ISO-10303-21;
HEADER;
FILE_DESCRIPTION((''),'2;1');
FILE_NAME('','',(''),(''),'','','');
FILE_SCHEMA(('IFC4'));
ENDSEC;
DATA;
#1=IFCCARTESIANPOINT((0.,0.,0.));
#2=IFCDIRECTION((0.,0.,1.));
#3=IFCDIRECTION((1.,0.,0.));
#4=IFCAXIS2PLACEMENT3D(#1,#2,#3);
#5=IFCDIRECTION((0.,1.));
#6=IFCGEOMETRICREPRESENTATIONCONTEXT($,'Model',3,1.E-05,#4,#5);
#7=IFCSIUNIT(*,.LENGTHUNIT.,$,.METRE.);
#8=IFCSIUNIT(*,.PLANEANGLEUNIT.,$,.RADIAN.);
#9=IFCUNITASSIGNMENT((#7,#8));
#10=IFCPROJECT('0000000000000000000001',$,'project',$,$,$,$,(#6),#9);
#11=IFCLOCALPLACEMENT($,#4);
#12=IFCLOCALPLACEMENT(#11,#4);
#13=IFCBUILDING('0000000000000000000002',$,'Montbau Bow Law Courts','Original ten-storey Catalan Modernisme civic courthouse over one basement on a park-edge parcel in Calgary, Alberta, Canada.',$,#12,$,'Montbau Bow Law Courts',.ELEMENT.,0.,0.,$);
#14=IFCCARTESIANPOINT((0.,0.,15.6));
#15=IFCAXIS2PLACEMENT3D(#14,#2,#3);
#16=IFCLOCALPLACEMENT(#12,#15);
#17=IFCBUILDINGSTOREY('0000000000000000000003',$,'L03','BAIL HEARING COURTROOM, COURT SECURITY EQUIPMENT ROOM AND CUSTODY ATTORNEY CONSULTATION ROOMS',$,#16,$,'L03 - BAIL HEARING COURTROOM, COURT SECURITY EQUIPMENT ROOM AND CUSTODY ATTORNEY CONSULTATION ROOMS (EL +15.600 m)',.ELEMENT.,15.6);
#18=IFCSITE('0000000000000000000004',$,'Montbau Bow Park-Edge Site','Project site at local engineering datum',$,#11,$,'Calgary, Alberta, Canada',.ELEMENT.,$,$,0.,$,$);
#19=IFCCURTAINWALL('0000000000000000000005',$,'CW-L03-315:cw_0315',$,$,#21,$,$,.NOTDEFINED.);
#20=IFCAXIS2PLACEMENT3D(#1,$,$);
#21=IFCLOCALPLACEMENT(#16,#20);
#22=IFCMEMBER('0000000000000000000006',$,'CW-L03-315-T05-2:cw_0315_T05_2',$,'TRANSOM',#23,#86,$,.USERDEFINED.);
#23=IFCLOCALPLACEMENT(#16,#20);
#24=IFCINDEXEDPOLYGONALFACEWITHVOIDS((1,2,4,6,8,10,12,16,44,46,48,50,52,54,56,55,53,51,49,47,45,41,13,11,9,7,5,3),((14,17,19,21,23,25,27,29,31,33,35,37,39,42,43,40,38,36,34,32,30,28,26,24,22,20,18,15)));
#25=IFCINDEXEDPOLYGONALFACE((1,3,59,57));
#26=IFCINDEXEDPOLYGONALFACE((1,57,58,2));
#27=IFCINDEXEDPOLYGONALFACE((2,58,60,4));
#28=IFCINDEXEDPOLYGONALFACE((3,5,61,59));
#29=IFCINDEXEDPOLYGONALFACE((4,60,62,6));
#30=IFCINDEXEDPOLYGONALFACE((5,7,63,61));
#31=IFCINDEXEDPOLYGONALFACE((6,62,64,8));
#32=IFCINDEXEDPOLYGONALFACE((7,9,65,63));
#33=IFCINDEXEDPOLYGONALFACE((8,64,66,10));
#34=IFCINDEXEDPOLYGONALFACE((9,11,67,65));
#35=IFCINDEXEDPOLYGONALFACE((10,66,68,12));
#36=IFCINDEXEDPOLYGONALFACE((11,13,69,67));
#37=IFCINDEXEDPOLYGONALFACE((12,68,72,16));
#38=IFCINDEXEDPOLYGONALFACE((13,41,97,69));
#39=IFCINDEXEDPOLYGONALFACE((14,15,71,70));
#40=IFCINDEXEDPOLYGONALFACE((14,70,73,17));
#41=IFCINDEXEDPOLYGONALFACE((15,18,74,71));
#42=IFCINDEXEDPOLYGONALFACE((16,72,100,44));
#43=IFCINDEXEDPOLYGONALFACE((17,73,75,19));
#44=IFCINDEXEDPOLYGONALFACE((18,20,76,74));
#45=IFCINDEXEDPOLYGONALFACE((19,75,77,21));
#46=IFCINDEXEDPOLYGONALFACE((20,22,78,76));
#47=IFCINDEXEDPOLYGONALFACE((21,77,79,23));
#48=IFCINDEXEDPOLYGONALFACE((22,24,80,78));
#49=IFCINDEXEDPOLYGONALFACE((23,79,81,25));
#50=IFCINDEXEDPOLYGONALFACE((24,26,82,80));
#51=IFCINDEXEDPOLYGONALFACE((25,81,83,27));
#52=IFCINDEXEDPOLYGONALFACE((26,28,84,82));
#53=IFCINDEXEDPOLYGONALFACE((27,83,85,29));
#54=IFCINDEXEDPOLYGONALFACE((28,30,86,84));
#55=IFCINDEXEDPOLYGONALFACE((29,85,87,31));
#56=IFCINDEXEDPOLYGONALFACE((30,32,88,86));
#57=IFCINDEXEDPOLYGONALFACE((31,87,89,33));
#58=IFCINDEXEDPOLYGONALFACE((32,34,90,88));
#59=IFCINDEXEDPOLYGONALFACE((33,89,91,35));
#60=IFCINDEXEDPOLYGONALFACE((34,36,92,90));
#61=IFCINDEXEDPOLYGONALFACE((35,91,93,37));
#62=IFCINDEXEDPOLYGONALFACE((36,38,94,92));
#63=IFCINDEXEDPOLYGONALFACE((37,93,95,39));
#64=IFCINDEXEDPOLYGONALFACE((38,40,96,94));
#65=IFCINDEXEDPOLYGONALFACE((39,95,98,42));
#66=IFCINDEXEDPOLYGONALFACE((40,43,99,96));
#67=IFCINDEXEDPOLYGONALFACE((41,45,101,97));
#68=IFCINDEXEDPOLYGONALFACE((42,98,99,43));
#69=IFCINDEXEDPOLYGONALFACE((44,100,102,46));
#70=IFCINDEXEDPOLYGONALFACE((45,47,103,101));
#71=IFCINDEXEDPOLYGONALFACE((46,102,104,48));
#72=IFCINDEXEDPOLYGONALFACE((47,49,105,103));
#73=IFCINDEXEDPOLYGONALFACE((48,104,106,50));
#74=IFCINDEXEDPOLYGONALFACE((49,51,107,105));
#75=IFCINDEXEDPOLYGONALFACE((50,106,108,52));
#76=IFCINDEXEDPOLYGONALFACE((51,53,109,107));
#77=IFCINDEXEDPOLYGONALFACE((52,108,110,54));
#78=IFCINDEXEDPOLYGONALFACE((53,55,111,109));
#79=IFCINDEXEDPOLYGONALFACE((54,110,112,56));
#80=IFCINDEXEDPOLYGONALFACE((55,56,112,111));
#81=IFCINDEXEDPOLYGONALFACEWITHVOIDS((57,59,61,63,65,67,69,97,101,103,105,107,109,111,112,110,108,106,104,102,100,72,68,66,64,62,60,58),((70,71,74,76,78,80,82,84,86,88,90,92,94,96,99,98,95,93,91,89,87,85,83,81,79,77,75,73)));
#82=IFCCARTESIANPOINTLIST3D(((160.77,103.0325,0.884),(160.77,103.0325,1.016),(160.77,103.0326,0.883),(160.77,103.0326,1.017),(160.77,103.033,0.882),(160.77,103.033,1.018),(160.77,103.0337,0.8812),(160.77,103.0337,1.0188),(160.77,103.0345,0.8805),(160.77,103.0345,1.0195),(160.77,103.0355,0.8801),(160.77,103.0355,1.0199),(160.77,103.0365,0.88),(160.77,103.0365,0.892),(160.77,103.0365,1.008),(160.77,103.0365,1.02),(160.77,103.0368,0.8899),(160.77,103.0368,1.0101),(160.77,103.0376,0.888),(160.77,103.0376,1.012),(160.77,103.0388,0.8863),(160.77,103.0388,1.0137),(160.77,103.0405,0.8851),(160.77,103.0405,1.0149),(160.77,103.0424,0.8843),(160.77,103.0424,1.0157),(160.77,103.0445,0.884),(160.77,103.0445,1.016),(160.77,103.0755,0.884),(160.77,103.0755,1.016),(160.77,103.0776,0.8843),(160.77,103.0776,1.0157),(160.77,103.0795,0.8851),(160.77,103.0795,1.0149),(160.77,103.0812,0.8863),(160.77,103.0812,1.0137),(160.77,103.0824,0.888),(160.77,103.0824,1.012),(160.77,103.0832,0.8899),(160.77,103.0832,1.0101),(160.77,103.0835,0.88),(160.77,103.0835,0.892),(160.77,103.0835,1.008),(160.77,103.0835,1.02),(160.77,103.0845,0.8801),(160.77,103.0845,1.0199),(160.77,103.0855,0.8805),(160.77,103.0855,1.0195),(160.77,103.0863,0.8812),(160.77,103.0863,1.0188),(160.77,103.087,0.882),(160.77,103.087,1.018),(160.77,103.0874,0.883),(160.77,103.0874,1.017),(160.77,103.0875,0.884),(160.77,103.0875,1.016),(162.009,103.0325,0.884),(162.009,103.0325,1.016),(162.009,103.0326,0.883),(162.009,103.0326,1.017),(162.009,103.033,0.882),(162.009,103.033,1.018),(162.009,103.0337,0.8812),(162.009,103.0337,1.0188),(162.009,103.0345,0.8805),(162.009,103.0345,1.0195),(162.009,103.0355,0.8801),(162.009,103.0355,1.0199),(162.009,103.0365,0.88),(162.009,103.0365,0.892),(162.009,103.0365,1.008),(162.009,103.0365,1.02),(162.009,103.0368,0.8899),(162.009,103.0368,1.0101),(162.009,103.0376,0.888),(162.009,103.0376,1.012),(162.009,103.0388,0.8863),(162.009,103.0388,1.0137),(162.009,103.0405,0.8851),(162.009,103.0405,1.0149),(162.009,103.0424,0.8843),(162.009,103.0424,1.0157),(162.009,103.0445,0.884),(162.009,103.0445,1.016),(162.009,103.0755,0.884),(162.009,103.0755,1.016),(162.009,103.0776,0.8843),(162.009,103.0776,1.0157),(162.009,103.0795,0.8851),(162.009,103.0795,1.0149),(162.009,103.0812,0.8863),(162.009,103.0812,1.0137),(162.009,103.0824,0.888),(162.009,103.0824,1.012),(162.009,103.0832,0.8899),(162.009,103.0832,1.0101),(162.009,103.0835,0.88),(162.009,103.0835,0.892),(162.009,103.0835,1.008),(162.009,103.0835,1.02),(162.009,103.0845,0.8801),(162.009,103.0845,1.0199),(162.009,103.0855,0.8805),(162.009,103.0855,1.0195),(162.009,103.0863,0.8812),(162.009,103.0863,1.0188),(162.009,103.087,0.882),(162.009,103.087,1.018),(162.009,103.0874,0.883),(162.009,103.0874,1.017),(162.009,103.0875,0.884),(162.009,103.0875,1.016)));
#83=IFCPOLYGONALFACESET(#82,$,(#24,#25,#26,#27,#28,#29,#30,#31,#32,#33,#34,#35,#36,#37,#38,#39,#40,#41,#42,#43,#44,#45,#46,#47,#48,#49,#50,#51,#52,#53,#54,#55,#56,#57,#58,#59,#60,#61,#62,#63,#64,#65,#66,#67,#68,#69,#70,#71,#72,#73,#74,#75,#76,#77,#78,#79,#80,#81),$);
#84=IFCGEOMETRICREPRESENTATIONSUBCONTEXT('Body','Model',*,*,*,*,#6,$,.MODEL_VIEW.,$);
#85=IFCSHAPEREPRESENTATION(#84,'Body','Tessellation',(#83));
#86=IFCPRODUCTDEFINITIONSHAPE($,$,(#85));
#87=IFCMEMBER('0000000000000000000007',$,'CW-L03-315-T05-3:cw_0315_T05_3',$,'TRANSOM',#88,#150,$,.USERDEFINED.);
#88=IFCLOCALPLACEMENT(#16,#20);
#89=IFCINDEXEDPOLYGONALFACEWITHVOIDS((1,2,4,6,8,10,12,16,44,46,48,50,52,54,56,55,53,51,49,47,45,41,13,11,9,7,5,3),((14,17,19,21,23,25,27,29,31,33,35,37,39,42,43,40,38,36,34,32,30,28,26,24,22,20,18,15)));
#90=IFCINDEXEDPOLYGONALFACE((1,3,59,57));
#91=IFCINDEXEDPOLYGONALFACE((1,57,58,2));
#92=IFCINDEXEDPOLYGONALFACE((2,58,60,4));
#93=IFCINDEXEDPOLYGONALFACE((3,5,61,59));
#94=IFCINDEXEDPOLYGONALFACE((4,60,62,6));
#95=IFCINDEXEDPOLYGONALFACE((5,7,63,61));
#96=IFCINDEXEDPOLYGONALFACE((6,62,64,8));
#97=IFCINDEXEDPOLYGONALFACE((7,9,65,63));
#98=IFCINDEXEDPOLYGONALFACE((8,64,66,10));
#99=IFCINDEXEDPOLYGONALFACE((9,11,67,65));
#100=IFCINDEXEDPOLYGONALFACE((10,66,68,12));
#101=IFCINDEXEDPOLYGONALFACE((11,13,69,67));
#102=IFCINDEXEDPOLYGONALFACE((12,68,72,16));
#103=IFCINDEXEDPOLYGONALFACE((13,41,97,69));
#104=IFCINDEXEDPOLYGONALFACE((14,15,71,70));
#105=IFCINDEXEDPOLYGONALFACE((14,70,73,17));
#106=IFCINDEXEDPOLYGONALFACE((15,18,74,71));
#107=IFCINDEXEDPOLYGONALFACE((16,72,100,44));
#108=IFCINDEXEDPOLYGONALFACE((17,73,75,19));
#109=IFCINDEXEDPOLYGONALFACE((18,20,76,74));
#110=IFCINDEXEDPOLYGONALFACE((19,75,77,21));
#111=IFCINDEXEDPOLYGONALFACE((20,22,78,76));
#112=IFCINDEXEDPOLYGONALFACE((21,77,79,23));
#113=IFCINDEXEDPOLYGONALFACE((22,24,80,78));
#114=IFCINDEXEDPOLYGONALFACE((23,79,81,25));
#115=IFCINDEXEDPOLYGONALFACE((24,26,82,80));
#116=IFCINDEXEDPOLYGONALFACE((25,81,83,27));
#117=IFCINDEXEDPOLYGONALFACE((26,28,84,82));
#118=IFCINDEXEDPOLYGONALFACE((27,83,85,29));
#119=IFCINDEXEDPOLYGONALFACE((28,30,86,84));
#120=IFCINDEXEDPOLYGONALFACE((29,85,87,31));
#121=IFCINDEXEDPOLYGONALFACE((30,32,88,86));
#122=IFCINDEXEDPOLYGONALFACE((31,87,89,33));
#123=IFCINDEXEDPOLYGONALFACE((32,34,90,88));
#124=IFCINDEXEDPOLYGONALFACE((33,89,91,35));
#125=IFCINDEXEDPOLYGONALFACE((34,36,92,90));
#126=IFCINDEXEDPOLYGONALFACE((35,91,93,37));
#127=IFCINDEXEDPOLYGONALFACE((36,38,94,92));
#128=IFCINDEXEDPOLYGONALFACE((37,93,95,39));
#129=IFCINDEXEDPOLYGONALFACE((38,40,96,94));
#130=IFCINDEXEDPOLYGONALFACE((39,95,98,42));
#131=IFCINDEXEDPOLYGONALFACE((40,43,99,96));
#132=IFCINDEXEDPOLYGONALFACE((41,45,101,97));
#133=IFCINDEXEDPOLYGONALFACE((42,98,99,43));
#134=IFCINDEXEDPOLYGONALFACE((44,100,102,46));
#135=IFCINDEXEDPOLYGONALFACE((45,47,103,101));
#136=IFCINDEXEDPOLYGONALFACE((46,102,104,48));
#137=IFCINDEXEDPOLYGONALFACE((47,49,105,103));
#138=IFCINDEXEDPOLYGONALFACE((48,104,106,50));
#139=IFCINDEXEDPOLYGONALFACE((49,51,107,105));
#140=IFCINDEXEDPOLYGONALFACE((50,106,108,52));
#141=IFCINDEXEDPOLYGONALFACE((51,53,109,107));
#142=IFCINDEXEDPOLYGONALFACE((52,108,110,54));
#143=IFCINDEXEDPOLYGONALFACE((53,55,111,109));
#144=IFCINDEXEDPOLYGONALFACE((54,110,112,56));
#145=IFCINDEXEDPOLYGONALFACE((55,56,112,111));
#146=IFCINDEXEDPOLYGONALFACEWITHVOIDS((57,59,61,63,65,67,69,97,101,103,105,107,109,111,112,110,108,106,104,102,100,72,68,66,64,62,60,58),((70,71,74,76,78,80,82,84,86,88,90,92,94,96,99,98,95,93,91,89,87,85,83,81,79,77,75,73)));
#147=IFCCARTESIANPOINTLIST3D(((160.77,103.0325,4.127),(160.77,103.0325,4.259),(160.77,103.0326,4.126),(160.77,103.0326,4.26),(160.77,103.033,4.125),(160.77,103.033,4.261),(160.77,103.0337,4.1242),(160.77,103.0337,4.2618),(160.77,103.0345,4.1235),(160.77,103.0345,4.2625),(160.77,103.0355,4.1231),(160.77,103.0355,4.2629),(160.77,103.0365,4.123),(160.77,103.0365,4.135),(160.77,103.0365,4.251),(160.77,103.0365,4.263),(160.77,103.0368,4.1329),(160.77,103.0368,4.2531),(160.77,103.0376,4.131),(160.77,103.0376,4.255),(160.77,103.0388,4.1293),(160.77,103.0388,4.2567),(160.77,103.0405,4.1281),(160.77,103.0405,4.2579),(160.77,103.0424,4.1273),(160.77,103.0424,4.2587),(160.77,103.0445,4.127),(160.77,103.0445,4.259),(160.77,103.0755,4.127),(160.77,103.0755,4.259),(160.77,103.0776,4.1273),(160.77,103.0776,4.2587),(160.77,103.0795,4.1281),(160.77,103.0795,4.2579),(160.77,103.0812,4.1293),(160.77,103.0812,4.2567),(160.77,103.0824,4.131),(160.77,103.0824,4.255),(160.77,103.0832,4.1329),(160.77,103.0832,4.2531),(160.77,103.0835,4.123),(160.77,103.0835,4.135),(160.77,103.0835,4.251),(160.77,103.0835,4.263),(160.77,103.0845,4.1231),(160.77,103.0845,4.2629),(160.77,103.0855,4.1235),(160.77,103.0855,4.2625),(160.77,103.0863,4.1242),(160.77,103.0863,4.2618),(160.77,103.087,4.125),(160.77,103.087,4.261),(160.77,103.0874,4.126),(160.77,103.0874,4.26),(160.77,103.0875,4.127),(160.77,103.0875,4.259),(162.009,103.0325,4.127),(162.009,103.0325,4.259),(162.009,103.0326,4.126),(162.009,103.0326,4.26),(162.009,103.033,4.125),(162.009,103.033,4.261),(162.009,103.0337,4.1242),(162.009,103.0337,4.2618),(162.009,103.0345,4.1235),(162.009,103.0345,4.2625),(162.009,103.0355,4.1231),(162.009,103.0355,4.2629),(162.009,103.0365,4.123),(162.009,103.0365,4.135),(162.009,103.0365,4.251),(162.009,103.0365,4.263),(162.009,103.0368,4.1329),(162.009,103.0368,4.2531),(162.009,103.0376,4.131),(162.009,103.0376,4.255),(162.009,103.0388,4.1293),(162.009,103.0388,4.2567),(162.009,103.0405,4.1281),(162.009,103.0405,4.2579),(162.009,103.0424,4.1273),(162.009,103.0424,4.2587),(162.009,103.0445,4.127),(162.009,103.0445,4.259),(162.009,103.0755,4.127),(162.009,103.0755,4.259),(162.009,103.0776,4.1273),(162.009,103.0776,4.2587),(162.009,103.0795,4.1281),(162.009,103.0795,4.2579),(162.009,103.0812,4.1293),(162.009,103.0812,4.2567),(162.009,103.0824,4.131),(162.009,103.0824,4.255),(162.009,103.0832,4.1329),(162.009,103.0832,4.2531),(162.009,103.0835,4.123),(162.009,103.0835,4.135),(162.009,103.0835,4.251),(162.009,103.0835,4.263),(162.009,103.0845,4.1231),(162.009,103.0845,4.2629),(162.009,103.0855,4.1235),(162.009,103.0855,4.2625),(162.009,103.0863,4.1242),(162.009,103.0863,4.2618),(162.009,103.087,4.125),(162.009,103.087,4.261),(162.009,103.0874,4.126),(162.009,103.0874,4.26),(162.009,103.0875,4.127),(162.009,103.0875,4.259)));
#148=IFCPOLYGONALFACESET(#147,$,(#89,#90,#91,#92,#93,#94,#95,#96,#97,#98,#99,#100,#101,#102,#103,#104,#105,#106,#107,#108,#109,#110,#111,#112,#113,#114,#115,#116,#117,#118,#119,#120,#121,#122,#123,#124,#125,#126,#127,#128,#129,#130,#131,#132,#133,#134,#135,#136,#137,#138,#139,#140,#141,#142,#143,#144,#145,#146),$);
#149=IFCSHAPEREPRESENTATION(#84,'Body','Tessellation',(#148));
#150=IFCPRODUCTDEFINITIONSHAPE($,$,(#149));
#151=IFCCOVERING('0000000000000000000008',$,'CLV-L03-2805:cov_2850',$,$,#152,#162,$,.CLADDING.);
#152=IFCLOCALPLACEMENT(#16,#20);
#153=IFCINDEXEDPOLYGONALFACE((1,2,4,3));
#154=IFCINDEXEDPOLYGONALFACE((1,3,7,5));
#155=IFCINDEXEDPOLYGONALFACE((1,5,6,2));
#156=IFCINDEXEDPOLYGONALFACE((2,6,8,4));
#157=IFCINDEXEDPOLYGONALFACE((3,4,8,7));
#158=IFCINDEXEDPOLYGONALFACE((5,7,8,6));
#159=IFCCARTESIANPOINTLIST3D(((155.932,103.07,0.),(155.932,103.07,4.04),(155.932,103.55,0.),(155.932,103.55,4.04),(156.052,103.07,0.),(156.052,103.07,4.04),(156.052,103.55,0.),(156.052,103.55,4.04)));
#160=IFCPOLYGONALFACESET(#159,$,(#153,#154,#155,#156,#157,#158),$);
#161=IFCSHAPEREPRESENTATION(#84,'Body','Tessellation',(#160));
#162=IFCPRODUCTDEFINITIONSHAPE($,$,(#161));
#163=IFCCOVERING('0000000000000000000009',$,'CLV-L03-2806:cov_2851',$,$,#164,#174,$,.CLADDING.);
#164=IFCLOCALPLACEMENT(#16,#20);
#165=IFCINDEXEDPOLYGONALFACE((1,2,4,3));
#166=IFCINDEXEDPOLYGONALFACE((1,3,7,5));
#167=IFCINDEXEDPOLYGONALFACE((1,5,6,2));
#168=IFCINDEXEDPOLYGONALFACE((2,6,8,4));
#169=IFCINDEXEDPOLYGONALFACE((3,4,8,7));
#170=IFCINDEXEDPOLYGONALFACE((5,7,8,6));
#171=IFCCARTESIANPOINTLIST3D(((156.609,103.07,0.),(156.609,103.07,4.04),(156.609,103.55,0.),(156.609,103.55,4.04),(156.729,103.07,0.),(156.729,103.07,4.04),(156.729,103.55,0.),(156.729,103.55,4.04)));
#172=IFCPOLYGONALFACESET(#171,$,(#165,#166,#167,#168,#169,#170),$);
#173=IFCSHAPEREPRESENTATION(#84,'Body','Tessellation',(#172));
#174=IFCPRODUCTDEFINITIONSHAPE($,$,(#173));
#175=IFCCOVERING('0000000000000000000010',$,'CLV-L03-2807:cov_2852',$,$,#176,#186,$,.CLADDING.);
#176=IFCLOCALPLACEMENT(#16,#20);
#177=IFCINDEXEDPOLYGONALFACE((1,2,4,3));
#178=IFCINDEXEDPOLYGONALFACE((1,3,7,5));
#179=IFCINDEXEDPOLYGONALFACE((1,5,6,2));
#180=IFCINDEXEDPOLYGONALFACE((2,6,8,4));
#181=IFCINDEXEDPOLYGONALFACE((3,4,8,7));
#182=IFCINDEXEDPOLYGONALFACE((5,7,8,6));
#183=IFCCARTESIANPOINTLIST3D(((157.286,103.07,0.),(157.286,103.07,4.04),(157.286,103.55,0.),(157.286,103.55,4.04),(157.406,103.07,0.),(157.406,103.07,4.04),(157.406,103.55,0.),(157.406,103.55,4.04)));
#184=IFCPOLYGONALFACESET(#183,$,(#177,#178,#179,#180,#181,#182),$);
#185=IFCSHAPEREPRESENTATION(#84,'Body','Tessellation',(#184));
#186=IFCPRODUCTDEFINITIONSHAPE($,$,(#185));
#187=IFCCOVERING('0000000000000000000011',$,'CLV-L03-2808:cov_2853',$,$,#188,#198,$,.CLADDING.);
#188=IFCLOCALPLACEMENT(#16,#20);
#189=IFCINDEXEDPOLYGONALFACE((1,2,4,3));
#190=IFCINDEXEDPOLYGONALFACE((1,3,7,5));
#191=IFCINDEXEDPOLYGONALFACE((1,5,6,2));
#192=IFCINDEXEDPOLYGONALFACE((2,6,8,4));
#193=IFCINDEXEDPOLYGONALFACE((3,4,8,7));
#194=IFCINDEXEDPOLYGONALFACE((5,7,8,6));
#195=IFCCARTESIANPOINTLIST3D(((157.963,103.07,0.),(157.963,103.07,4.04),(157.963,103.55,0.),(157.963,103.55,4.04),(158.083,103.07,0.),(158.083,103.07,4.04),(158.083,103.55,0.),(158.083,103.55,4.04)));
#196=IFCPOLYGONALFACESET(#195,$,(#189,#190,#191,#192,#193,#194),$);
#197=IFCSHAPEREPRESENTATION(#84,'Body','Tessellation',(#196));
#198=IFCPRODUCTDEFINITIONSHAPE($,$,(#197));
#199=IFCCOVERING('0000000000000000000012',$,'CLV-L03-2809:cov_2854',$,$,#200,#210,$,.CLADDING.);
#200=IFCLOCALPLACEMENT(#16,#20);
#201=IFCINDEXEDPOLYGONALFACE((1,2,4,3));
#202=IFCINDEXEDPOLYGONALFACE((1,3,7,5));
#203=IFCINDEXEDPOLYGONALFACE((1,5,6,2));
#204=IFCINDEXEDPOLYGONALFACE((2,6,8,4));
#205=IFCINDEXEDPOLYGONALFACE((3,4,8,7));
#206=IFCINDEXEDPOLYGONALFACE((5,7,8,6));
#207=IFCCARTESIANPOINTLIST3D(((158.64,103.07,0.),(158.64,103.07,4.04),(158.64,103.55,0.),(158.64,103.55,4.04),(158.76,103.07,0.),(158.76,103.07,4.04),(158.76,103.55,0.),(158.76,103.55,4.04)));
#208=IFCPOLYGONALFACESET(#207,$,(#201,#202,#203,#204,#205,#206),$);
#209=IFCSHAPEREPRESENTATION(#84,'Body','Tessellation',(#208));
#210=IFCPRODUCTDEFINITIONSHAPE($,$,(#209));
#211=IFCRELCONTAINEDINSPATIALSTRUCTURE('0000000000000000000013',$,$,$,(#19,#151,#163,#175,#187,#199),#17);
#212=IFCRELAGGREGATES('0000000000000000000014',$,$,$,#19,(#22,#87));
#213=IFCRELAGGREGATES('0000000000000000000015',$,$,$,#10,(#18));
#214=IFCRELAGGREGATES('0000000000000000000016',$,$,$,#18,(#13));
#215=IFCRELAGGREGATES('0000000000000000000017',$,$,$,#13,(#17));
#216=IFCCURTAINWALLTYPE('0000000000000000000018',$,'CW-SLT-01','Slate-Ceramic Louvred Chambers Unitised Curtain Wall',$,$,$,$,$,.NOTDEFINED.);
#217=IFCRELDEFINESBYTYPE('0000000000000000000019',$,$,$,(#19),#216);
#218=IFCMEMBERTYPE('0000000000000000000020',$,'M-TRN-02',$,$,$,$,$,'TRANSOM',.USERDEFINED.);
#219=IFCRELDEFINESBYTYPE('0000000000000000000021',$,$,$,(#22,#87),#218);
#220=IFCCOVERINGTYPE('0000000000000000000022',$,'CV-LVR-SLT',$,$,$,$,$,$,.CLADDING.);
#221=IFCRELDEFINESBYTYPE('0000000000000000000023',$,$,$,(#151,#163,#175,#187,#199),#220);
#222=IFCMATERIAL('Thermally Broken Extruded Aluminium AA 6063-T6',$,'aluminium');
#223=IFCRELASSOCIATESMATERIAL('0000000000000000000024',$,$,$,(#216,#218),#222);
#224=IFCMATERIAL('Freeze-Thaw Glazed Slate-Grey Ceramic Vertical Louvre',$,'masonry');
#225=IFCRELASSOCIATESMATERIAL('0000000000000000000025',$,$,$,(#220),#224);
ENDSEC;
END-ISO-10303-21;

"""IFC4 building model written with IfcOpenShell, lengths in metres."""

from ifc_helpers import new_model, si_unit, direction, frame, frame_2d, origin_with_axes, origin_2d_with_axis, place, context, subcontext, project, spatial, rectangle, hollow_rectangle, extrude, material, material_profile, profile_set, type_object, element, aggregate, save


model = new_model("IFC4")

# Units and contexts
model_context = context("Model", 3, precision=1e-05, world=origin_with_axes(), true_north=direction((0.0, 1.0)))
body_context = subcontext(model_context, "Body", "Model", "MODEL_VIEW")
ifc_project = project(units=[si_unit("LENGTHUNIT", "METRE"), si_unit("PLANEANGLEUNIT", "RADIAN")], contexts=[model_context])

# Site, building, storey
site_placement = place(None, origin_with_axes())
site = spatial("IfcSite", under=ifc_project, at=site_placement, Name="Montbau Bow Park-Edge Site", Description="Project site at local engineering datum", LongName="Calgary, Alberta, Canada", CompositionType="ELEMENT", RefElevation=0.0)
building_placement = place(site_placement, origin_with_axes())
building = spatial("IfcBuilding", under=site, at=building_placement, Name="Montbau Bow Law Courts", Description="Original ten-storey Catalan Modernisme civic courthouse over one basement on a park-edge parcel in Calgary, Alberta, Canada.", LongName="Montbau Bow Law Courts", CompositionType="ELEMENT", ElevationOfRefHeight=0.0, ElevationOfTerrain=0.0)
storey_placement = place(building_placement, frame((0.0, 0.0, 15.6), z_axis=(0.0, 0.0, 1.0), x_axis=(1.0, 0.0, 0.0)))
storey = spatial("IfcBuildingStorey", under=building, at=storey_placement, Name="L03", Description="BAIL HEARING COURTROOM, COURT SECURITY EQUIPMENT ROOM AND CUSTODY ATTORNEY CONSULTATION ROOMS", LongName="L03 - BAIL HEARING COURTROOM, COURT SECURITY EQUIPMENT ROOM AND CUSTODY ATTORNEY CONSULTATION ROOMS (EL +15.600 m)", CompositionType="ELEMENT", Elevation=15.6)

# Curtain wall, members
ifc_material_1 = material(Name="Thermally Broken Extruded Aluminium AA 6063-T6", Category="aluminium")
curtain_wall_type = type_object("IfcCurtainWallType", Name="CW-SLT-01", Description="Slate-Ceramic Louvred Chambers Unitised Curtain Wall", PredefinedType="NOTDEFINED", material=ifc_material_1)
curtain_wall_placement = place(None, frame((155.315, 103.06, 15.6), z_axis=(0.0, 0.0, 1.0), x_axis=(1.0, 0.0, 0.0)))
curtain_wall = element("IfcCurtainWall", 1, at=curtain_wall_placement, inside=storey, type_object=curtain_wall_type, Name="CW-L03-315:cw_0315", PredefinedType="NOTDEFINED")
ifc_material_profile_1 = material_profile(ifc_material_1, hollow_rectangle(XDim=0.055, YDim=0.14, WallThickness=0.004, InnerFilletRadius=0.008, OuterFilletRadius=0.004, at=origin_2d_with_axis()), Name="CWT-140X55", Category="Main", Priority=0)
ifc_profile_set_1 = profile_set([ifc_material_profile_1], Name="Thermally Broken Extruded Aluminium AA 6063-T6")
member_type_1 = type_object("IfcMemberType", Name="M-TRN-02", ElementType="TRANSOM", PredefinedType="USERDEFINED", material=ifc_profile_set_1)
member_1_placement = place(None, frame((160.77, 103.06, 16.55), z_axis=(1.0, 0.0, 0.0), x_axis=(0.0, 1.0, 0.0)))
member_1 = element("IfcMember", 2, at=member_1_placement, type_object=member_type_1, Name="CW-L03-315-T05-2:cw_0315_T05_2", ObjectType="TRANSOM", PredefinedType="USERDEFINED", context=body_context, shape_type="SweptSolid", body=[
    extrude(hollow_rectangle(XDim=0.055, YDim=0.14, WallThickness=0.004, InnerFilletRadius=0.008, OuterFilletRadius=0.004, at=origin_2d_with_axis()), origin_with_axes(), (0.0, 0.0, 1.0), 1.239),
])
member_2_placement = place(None, frame((160.77, 103.06, 19.793), z_axis=(1.0, 0.0, 0.0), x_axis=(0.0, 1.0, 0.0)))
member_2 = element("IfcMember", 3, at=member_2_placement, type_object=member_type_1, Name="CW-L03-315-T05-3:cw_0315_T05_3", ObjectType="TRANSOM", PredefinedType="USERDEFINED", context=body_context, shape_type="SweptSolid", body=[
    extrude(hollow_rectangle(XDim=0.055, YDim=0.14, WallThickness=0.004, InnerFilletRadius=0.008, OuterFilletRadius=0.004, at=origin_2d_with_axis()), origin_with_axes(), (0.0, 0.0, 1.0), 1.239),
])
aggregate(curtain_wall, [member_1, member_2])

# Coverings
ifc_material_2 = material(Name="Freeze-Thaw Glazed Slate-Grey Ceramic Vertical Louvre", Category="masonry")
covering_type = type_object("IfcCoveringType", Name="CV-LVR-SLT", PredefinedType="CLADDING", material=ifc_material_2)
for number, where, z_axis, x_axis, name in (
    (4, (155.992, 103.07, 15.6), (1.0, 0.0, 0.0), (0.0, 1.0, 0.0), "CLV-L03-2805:cov_2850"),
    (5, (156.669, 103.07, 15.6), (1.0, 0.0, 0.0), (0.0, 1.0, 0.0), "CLV-L03-2806:cov_2851"),
    (6, (157.346, 103.07, 15.6), (1.0, 0.0, 0.0), (0.0, 1.0, 0.0), "CLV-L03-2807:cov_2852"),
    (7, (158.023, 103.07, 15.6), (1.0, 0.0, 0.0), (0.0, 1.0, 0.0), "CLV-L03-2808:cov_2853"),
    (8, (158.7, 103.07, 15.6), (1.0, 0.0, 0.0), (0.0, 1.0, 0.0), "CLV-L03-2809:cov_2854"),
):
    element("IfcCovering", number, at=place(None, frame(where, z_axis=z_axis, x_axis=x_axis)), inside=storey, type_object=covering_type, Name=name, PredefinedType="CLADDING", context=body_context, shape_type="SweptSolid", body=[
        extrude(rectangle(XDim=0.48, YDim=4.04, at=frame_2d((0.24, 2.02), x_axis=(1.0, 0.0))), frame((0.0, 0.0, -0.06), z_axis=(0.0, 0.0, 1.0), x_axis=(1.0, 0.0, 0.0)), (0.0, 0.0, 1.0), 0.12),
    ])

save(model, "model.ifc")
